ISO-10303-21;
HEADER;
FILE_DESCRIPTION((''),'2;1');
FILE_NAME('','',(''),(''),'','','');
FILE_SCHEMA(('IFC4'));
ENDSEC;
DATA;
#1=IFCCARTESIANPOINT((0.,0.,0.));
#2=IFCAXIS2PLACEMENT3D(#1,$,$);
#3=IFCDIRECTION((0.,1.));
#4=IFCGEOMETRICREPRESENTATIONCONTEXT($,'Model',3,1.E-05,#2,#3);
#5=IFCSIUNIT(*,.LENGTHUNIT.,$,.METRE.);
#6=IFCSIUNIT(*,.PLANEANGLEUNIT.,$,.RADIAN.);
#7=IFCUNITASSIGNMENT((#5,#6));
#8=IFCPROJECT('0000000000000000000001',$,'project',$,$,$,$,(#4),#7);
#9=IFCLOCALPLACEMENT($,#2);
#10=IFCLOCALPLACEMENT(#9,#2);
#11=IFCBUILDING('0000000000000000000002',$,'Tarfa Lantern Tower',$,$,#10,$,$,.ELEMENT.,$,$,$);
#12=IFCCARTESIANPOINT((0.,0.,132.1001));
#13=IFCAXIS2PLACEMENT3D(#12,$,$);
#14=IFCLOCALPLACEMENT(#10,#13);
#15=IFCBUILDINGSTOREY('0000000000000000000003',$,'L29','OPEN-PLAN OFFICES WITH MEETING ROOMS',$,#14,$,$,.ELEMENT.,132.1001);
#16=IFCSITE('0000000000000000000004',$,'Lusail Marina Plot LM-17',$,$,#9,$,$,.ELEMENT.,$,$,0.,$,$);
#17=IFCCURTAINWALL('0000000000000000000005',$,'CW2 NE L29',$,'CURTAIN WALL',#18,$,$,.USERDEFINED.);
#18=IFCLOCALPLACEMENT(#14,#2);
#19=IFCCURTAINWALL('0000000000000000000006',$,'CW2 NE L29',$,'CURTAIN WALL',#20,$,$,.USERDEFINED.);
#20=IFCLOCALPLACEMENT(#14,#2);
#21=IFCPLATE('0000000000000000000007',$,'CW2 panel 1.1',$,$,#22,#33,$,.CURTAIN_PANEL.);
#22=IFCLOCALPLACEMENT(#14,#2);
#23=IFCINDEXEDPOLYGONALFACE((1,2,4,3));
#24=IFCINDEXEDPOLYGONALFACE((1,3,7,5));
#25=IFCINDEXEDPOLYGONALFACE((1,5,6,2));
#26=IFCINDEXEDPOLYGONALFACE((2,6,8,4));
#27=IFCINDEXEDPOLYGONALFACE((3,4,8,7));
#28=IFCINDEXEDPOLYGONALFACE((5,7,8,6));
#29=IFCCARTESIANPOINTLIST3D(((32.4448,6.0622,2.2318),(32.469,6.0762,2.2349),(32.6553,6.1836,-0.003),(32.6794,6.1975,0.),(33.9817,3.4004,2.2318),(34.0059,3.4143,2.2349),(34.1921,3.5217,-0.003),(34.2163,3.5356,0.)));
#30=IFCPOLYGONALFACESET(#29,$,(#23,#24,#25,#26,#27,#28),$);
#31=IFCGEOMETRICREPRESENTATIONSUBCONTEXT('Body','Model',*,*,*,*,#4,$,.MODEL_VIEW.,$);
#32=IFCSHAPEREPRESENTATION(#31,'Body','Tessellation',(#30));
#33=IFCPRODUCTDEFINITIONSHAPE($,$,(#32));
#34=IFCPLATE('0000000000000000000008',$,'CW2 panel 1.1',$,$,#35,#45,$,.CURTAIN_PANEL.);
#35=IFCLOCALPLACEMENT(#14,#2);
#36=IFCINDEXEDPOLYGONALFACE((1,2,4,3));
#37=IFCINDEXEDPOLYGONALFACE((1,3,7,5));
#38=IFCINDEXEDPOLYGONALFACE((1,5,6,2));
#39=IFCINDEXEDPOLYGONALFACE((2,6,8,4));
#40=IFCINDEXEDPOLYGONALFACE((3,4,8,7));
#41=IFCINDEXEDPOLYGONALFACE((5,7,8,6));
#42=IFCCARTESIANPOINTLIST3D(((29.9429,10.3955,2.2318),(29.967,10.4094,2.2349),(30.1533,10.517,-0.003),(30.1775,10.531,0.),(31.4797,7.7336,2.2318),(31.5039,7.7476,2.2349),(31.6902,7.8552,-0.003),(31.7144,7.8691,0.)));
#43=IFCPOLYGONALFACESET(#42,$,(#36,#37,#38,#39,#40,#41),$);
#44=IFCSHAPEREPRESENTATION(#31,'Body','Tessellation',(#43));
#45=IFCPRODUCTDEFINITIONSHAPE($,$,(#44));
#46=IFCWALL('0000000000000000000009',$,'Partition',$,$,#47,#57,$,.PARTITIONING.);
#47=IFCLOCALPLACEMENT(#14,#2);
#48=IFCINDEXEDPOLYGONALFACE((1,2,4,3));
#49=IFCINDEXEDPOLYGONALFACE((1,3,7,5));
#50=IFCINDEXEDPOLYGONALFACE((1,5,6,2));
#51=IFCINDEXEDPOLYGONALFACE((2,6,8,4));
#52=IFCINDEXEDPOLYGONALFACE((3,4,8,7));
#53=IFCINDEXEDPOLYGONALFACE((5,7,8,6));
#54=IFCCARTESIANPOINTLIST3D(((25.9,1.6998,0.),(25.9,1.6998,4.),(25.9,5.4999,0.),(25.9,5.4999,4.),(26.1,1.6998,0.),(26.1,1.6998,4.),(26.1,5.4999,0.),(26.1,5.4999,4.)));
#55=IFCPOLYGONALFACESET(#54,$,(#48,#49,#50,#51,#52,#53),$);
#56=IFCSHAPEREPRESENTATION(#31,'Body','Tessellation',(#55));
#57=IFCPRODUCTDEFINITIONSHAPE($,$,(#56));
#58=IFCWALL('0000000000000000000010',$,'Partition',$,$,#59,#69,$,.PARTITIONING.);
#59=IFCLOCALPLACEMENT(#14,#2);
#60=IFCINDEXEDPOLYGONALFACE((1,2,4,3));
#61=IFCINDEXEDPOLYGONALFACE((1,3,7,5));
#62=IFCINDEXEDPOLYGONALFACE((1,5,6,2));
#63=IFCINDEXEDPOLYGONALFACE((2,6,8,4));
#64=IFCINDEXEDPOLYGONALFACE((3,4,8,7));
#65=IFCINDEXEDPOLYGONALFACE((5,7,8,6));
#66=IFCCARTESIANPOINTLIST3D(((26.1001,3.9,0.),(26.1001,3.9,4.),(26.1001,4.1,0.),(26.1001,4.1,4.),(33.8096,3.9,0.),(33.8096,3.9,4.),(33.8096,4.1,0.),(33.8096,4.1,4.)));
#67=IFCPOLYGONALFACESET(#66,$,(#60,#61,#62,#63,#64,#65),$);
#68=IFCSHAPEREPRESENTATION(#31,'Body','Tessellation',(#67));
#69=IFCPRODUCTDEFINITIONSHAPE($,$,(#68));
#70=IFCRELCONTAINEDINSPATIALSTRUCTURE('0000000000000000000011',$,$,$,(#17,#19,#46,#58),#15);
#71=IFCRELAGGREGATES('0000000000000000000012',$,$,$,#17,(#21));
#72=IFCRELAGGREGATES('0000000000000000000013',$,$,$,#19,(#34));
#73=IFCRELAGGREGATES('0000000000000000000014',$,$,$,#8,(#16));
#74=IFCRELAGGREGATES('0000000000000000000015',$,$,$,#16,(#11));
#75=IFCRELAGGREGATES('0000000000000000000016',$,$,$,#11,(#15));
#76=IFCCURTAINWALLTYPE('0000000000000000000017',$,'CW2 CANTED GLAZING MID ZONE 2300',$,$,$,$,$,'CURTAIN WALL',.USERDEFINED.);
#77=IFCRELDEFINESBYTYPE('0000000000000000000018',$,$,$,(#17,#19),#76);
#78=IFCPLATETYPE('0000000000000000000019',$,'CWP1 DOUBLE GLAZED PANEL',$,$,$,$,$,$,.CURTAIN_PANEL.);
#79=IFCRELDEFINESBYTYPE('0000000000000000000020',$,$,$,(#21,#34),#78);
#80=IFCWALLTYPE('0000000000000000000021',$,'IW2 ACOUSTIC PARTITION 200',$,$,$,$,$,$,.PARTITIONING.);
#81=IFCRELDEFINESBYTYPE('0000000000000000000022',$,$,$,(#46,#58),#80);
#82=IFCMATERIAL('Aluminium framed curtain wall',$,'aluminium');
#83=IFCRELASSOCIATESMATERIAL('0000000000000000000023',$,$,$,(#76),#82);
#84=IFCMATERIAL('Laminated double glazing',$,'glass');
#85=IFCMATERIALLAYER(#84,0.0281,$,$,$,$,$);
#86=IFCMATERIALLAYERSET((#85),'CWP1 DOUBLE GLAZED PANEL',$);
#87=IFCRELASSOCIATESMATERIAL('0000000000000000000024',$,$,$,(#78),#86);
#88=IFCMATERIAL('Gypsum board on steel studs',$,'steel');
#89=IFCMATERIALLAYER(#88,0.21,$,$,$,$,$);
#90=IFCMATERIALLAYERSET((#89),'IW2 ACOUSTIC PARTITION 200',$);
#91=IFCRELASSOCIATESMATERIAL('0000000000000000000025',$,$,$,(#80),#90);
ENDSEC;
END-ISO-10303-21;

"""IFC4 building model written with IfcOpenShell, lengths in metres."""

from ifc_helpers import new_model, si_unit, direction, frame, frame_2d, origin, place, context, subcontext, project, spatial, polyline, rectangle, outline, extrude, material, layer, layer_set, type_object, element, aggregate, save


model = new_model("IFC4")

# Units and contexts
model_context = context("Model", 3, precision=1e-05, world=origin(), true_north=direction((0.0, 1.0)))
body_context = subcontext(model_context, "Body", "Model", "MODEL_VIEW")
ifc_project = project(units=[si_unit("LENGTHUNIT", "METRE"), si_unit("PLANEANGLEUNIT", "RADIAN")], contexts=[model_context])

# Site, building, storey
site_placement = place(None, origin())
site = spatial("IfcSite", under=ifc_project, at=site_placement, Name="Lusail Marina Plot LM-17", CompositionType="ELEMENT", RefElevation=0.0)
building_placement = place(site_placement, origin())
building = spatial("IfcBuilding", under=site, at=building_placement, Name="Tarfa Lantern Tower", CompositionType="ELEMENT")
storey_placement = place(building_placement, frame((0.0, 0.0, 132.1001)))
storey = spatial("IfcBuildingStorey", under=building, at=storey_placement, Name="L29", Description="OPEN-PLAN OFFICES WITH MEETING ROOMS", CompositionType="ELEMENT", Elevation=132.1001)

# Curtain walls
ifc_material_1 = material(Name="Aluminium framed curtain wall", Category="aluminium")
curtain_wall_type_1 = type_object("IfcCurtainWallType", Name="CW2 CANTED GLAZING MID ZONE 2300", ElementType="CURTAIN WALL", PredefinedType="USERDEFINED", material=ifc_material_1)
curtain_wall_1_placement = place(storey_placement, origin())
curtain_wall_1 = element("IfcCurtainWall", 1, at=curtain_wall_1_placement, inside=storey, type_object=curtain_wall_type_1, Name="CW2 NE L29", ObjectType="CURTAIN WALL", PredefinedType="USERDEFINED")
curtain_wall_2_placement = place(storey_placement, origin())
curtain_wall_2 = element("IfcCurtainWall", 2, at=curtain_wall_2_placement, inside=storey, type_object=curtain_wall_type_1, Name="CW2 NE L29", ObjectType="CURTAIN WALL", PredefinedType="USERDEFINED")

# Plates
ifc_material_2 = material(Name="Laminated double glazing", Category="glass")
ifc_layer_1 = layer(ifc_material_2, 0.0281)
ifc_layer_set_1 = layer_set([ifc_layer_1], Name="CWP1 DOUBLE GLAZED PANEL")
plate_type = type_object("IfcPlateType", Name="CWP1 DOUBLE GLAZED PANEL", PredefinedType="CURTAIN_PANEL", material=ifc_layer_set_1)
plate_1_placement = place(storey_placement, frame((34.2163, 3.5356, 0.0), z_axis=(0.860949, 0.497081, 0.108061), x_axis=(-0.500009, 0.86602, 0.0)))
plate_1 = element("IfcPlate", 3, at=plate_1_placement, type_object=plate_type, Name="CW2 panel 1.1", PredefinedType="CURTAIN_PANEL", context=body_context, shape_type="SweptSolid", body=[
    extrude(outline(polyline([(0.0, 0.0), (3.0737, 0.0), (3.0738, 2.248), (0.0001, 2.248), (0.0, 0.0)])), origin(), (0.0, 0.0, -1.0), 0.0281),
])
aggregate(curtain_wall_1, [plate_1])
plate_2_placement = place(storey_placement, frame((31.7144, 7.8691, 0.0), z_axis=(0.860944, 0.497078, 0.108114), x_axis=(-0.500009, 0.86602, 0.0)))
plate_2 = element("IfcPlate", 4, at=plate_2_placement, type_object=plate_type, Name="CW2 panel 1.1", PredefinedType="CURTAIN_PANEL", context=body_context, shape_type="SweptSolid", body=[
    extrude(outline(polyline([(0.0, 0.0), (3.0737, 0.0), (3.0736, 2.248), (-0.0001, 2.248), (0.0, 0.0)])), origin(), (0.0, 0.0, -1.0), 0.0281),
])
aggregate(curtain_wall_2, [plate_2])

# Walls
ifc_material_3 = material(Name="Gypsum board on steel studs", Category="steel")
ifc_layer_2 = layer(ifc_material_3, 0.21)
ifc_layer_set_2 = layer_set([ifc_layer_2], Name="IW2 ACOUSTIC PARTITION 200")
wall_type = type_object("IfcWallType", Name="IW2 ACOUSTIC PARTITION 200", PredefinedType="PARTITIONING", material=ifc_layer_set_2)
wall_1_placement = place(storey_placement, frame((26.0, 1.7, 0.0), z_axis=(0.0, 0.0, 1.0), x_axis=(0.0, 1.0, 0.0)))
element("IfcWall", 5, at=wall_1_placement, inside=storey, type_object=wall_type, Name="Partition", PredefinedType="PARTITIONING", context=body_context, shape_type="SweptSolid", body=[
    extrude(rectangle(XDim=3.8, YDim=0.2, at=frame_2d((1.8999, 0.0))), origin(), (0.0, 0.0, 1.0), 4.0),
])
wall_2_placement = place(storey_placement, frame((26.1001, 4.0, 0.0), z_axis=(0.0, 0.0, 1.0), x_axis=(1.0, 0.0, 0.0)))
element("IfcWall", 6, at=wall_2_placement, inside=storey, type_object=wall_type, Name="Partition", PredefinedType="PARTITIONING", context=body_context, shape_type="SweptSolid", body=[
    extrude(rectangle(XDim=7.7095, YDim=0.2, at=frame_2d((3.8547, 0.0))), origin(), (0.0, 0.0, 1.0), 4.0),
])

save(model, "model.ifc")
